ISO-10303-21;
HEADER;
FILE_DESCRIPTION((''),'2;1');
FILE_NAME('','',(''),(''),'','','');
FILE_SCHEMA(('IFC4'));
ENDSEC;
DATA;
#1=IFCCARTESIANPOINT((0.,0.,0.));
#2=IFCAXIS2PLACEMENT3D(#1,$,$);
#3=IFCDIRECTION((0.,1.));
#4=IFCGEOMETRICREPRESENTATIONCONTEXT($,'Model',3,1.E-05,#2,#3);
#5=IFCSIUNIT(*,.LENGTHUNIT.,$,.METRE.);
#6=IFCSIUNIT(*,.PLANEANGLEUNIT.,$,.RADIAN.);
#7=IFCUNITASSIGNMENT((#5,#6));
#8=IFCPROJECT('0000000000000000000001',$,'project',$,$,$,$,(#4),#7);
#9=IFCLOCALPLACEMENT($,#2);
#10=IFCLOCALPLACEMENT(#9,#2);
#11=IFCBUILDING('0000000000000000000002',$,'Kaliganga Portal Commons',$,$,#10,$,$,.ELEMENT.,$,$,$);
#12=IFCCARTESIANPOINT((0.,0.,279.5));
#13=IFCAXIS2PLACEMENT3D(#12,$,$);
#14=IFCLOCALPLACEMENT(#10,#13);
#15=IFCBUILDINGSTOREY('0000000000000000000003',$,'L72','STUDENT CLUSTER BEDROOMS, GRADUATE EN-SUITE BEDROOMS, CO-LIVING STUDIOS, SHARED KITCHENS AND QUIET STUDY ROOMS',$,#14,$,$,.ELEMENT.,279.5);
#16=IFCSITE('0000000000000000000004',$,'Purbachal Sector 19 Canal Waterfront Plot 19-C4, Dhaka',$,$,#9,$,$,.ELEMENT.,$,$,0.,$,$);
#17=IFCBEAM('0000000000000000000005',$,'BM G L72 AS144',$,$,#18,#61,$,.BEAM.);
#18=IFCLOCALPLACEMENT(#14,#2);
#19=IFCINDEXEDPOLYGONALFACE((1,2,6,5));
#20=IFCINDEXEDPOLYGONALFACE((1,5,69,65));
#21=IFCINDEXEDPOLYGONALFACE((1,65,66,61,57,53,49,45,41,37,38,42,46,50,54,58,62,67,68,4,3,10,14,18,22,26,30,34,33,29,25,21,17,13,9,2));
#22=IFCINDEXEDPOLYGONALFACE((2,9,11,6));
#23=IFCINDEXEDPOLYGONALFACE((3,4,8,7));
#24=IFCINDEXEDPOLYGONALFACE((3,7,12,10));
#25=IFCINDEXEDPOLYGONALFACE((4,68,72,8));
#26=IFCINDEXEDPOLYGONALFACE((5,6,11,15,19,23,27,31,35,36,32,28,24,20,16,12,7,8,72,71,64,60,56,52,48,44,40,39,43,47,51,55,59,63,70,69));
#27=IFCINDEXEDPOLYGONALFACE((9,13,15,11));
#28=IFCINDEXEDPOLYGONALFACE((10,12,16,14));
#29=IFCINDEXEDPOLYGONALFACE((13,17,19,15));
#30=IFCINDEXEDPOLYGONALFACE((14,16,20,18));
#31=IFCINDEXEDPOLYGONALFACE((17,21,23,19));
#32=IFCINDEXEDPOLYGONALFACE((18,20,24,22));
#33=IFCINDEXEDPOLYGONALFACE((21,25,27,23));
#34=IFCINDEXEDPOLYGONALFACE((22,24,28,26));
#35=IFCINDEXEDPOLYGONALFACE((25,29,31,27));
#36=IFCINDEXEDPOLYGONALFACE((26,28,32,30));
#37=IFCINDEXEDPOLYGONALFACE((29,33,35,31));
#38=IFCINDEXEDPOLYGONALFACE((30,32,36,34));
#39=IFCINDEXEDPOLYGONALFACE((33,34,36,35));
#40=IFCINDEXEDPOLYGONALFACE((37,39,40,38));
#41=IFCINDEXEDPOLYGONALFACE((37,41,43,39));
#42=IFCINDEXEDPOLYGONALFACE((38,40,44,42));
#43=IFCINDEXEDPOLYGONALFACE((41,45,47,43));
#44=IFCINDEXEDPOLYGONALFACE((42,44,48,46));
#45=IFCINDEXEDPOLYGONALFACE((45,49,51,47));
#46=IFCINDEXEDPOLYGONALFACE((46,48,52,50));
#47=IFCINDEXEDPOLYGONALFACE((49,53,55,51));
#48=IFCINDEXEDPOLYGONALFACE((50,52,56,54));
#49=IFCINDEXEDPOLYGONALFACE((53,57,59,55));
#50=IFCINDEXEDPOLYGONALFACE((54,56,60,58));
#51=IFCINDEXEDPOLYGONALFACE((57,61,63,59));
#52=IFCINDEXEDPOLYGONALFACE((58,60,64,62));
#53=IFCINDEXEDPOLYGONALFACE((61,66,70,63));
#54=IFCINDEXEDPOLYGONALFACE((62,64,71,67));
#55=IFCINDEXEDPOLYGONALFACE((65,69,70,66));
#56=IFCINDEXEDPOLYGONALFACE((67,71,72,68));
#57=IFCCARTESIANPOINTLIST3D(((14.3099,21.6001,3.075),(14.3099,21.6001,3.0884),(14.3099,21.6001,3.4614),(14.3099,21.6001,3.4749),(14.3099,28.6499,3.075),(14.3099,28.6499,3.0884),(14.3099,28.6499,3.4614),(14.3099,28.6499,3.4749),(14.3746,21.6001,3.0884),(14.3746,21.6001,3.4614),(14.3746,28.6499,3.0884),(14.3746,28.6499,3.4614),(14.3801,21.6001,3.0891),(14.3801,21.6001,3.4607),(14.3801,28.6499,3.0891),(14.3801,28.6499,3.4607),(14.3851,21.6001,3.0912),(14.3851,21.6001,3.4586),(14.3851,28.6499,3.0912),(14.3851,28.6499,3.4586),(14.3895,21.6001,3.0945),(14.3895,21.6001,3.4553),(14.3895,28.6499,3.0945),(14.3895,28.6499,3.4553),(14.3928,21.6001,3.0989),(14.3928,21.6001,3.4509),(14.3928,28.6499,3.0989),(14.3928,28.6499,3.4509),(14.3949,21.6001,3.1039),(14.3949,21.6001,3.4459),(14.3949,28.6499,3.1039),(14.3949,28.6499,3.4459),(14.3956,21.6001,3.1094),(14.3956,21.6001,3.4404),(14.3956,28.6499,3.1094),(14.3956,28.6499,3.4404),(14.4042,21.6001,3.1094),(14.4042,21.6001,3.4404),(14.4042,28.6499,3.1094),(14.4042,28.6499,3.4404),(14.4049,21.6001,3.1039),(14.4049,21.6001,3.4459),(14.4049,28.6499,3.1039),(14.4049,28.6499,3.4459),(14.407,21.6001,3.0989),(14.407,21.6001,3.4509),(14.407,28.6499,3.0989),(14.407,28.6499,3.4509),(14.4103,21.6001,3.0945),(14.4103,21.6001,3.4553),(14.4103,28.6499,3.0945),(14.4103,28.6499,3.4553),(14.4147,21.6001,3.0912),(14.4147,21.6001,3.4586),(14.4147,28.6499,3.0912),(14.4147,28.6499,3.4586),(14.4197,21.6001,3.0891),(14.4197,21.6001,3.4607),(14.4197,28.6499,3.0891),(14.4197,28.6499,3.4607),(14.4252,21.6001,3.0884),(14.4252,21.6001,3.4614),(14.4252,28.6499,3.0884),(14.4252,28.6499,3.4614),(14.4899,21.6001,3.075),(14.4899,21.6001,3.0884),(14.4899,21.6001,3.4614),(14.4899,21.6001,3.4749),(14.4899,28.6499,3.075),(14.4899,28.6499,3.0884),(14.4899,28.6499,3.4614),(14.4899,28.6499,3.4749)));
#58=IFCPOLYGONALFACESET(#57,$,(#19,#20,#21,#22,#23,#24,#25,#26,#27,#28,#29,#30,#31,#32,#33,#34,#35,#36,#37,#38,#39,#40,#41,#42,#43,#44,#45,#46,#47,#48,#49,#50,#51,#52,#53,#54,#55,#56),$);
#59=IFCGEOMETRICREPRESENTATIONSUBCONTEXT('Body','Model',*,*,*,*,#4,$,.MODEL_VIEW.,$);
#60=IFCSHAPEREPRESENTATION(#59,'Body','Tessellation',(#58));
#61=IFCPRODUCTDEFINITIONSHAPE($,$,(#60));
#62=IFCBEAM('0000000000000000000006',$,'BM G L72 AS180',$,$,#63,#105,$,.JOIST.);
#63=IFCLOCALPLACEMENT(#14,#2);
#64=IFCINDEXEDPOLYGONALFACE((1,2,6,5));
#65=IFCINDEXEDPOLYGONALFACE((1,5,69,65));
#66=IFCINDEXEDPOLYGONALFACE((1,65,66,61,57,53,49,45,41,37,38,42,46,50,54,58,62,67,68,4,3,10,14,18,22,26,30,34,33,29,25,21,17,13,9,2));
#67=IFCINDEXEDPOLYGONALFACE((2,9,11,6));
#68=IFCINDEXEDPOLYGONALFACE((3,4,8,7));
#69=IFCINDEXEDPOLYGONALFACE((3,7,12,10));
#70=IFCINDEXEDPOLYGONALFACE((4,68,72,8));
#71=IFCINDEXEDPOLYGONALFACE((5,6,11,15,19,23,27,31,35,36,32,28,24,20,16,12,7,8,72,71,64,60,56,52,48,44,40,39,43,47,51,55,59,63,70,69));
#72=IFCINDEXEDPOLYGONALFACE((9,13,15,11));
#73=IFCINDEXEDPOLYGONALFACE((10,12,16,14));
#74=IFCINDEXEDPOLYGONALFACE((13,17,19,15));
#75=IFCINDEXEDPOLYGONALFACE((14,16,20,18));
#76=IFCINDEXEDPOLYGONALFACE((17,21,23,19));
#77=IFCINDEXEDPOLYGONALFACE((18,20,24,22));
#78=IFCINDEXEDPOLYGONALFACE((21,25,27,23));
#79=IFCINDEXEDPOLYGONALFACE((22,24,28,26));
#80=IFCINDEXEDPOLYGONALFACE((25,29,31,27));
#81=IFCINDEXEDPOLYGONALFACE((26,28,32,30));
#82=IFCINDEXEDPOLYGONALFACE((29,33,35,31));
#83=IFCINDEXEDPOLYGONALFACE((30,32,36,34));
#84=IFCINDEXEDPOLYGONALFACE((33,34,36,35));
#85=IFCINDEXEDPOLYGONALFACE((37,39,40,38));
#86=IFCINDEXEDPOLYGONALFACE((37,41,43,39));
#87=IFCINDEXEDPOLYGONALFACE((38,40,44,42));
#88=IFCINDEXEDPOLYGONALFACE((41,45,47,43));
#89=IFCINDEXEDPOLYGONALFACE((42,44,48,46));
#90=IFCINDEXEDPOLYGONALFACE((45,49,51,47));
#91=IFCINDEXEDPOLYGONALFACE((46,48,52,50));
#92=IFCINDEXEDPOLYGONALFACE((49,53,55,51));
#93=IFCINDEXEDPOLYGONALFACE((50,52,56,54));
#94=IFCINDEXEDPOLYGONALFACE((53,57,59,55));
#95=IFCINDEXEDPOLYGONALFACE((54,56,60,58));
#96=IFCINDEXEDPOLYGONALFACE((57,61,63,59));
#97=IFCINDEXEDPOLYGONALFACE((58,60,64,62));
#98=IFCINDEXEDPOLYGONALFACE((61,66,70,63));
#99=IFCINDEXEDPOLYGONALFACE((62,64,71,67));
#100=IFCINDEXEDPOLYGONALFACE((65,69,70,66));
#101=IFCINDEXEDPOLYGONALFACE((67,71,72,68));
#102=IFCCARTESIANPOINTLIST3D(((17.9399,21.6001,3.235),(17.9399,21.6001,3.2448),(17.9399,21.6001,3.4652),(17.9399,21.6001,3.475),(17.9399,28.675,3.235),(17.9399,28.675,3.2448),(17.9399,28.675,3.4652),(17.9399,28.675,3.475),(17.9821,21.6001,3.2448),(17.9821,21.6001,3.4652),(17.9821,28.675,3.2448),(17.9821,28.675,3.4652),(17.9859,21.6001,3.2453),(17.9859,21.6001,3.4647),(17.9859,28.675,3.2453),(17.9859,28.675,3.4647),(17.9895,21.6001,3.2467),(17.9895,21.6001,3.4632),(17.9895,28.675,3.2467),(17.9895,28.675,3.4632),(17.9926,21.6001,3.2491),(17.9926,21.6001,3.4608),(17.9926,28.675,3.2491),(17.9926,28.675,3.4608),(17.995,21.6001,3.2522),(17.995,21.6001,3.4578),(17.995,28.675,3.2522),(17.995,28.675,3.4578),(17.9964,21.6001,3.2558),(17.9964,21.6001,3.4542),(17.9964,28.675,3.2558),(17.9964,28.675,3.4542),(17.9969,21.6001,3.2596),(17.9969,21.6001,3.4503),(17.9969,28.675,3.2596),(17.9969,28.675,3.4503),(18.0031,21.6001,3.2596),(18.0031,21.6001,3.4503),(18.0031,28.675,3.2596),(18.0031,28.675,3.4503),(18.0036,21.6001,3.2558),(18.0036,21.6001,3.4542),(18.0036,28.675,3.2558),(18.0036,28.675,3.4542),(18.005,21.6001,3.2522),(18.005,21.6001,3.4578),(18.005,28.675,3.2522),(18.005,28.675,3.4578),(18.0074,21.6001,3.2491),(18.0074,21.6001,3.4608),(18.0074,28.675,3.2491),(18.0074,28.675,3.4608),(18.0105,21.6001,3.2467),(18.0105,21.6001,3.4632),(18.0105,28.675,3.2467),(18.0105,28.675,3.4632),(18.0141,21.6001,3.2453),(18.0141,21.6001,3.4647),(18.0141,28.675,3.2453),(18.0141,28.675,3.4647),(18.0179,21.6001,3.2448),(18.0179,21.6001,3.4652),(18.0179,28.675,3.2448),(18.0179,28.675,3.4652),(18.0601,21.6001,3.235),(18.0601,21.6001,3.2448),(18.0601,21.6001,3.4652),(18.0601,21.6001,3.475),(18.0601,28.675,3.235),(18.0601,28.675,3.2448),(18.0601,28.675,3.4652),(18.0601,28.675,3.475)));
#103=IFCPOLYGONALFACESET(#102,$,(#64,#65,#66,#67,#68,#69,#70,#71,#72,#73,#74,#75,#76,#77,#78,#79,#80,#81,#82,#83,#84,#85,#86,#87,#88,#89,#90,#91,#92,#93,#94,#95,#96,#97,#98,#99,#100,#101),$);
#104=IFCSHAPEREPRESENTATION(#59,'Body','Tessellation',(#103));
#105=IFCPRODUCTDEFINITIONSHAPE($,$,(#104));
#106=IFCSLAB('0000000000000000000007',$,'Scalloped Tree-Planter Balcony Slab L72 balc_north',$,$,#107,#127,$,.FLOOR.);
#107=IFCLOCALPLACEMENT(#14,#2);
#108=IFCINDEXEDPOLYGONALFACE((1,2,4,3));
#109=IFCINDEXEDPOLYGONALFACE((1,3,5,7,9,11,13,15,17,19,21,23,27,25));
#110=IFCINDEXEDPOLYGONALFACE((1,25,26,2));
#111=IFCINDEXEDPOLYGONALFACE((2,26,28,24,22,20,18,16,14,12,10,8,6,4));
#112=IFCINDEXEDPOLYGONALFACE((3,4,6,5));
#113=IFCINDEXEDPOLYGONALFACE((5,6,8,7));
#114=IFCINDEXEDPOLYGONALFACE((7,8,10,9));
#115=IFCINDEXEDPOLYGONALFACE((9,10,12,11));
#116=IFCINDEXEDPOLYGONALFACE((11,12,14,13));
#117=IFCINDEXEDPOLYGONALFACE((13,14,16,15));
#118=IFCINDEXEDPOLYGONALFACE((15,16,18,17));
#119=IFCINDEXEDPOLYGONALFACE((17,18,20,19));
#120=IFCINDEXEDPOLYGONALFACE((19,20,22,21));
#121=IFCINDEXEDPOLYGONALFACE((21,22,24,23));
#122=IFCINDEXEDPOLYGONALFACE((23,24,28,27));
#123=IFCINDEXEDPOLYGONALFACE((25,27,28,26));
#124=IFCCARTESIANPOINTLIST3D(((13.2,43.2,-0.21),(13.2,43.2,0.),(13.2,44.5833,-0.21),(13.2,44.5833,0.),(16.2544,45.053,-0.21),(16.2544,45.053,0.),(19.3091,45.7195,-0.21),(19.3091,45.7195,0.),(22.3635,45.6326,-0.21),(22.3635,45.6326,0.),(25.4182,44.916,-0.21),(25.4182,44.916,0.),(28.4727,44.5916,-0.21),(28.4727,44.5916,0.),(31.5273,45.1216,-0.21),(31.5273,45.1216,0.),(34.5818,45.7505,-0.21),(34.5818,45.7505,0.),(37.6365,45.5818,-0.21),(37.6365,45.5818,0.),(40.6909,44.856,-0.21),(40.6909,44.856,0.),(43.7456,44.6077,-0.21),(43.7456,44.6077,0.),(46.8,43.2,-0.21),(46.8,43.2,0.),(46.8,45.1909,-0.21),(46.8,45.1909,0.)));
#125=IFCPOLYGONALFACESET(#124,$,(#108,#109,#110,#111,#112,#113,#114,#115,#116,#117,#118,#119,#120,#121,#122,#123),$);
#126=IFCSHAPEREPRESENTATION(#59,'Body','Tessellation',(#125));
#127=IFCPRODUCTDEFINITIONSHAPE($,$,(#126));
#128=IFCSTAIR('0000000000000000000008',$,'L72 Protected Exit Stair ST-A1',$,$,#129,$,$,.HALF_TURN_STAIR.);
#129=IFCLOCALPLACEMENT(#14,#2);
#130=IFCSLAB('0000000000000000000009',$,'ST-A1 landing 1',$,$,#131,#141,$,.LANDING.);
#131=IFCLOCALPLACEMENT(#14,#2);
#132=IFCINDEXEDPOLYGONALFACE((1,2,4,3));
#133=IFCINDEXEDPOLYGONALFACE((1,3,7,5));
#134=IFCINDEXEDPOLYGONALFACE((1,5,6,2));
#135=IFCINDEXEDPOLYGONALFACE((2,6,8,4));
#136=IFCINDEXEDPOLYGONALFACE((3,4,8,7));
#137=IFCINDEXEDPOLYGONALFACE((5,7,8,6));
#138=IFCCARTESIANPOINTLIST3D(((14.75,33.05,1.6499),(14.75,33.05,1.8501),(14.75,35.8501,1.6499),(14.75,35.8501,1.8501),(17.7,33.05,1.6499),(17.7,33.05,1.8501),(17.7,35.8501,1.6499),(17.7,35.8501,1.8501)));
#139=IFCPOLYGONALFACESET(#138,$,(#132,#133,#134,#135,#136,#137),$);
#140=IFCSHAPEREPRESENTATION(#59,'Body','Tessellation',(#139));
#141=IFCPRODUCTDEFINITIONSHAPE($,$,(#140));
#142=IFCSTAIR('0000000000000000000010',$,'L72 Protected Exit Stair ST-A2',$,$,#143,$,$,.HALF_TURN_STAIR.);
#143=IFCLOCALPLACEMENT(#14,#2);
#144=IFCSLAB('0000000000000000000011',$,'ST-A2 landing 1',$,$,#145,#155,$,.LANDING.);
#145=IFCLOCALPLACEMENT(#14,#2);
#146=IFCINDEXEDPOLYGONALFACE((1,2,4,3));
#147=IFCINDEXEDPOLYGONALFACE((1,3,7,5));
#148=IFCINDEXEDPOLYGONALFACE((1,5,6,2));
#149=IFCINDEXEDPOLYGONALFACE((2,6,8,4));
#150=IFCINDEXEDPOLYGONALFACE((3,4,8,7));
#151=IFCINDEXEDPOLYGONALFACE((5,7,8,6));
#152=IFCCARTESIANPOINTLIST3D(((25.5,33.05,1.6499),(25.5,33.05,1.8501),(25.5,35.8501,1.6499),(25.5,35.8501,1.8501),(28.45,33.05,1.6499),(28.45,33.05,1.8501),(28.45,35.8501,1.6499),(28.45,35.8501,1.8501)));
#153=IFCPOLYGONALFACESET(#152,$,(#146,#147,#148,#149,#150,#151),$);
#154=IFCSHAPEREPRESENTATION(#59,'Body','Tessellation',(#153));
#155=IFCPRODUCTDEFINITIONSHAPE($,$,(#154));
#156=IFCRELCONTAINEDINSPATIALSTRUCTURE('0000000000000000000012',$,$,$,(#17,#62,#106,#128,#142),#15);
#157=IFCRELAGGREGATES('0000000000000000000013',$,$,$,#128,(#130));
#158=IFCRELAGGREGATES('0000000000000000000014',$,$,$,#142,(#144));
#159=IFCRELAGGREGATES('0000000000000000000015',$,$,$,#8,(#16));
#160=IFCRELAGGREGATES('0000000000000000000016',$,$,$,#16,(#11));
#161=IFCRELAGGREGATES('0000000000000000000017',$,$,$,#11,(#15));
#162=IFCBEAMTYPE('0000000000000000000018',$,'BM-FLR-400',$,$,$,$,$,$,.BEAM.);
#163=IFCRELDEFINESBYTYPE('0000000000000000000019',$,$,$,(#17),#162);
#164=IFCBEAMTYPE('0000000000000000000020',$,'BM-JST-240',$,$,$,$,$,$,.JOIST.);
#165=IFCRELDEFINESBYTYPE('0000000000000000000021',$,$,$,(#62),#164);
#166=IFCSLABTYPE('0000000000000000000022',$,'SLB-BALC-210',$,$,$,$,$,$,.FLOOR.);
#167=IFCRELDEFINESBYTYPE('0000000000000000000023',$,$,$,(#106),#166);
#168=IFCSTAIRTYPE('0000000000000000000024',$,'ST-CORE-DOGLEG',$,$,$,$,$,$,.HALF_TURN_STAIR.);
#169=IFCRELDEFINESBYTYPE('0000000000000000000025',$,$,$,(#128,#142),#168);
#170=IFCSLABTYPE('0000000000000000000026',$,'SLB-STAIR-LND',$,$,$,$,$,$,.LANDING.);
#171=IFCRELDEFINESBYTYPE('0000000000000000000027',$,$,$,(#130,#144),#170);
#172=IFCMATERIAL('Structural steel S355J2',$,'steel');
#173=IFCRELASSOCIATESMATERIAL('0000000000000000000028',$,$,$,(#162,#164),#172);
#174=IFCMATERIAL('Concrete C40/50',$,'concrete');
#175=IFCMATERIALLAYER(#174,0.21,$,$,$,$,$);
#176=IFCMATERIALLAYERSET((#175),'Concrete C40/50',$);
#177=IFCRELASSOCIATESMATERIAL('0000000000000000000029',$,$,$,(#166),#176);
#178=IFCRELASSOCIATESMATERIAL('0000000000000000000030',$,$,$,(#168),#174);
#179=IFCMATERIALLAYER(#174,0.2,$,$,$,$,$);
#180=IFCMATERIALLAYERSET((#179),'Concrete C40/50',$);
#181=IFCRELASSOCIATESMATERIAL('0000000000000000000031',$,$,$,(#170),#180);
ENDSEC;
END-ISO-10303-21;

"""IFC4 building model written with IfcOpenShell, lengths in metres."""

from ifc_helpers import new_model, si_unit, direction, frame, origin, origin_2d, place, context, subcontext, project, spatial, polyline, i_section, outline, extrude, source, transform, mapped, material, layer, layer_set, material_profile, profile_set, type_object, element, aggregate, save


model = new_model("IFC4")

# Units and contexts
model_context = context("Model", 3, precision=1e-05, world=origin(), true_north=direction((0.0, 1.0)))
body_context = subcontext(model_context, "Body", "Model", "MODEL_VIEW")
ifc_project = project(units=[si_unit("LENGTHUNIT", "METRE"), si_unit("PLANEANGLEUNIT", "RADIAN")], contexts=[model_context])

# Site, building, storey
site_placement = place(None, origin())
site = spatial("IfcSite", under=ifc_project, at=site_placement, Name="Purbachal Sector 19 Canal Waterfront Plot 19-C4, Dhaka", CompositionType="ELEMENT", RefElevation=0.0)
building_placement = place(site_placement, origin())
building = spatial("IfcBuilding", under=site, at=building_placement, Name="Kaliganga Portal Commons", CompositionType="ELEMENT")
storey_placement = place(building_placement, frame((0.0, 0.0, 279.5)))
storey = spatial("IfcBuildingStorey", under=building, at=storey_placement, Name="L72", Description="STUDENT CLUSTER BEDROOMS, GRADUATE EN-SUITE BEDROOMS, CO-LIVING STUDIOS, SHARED KITCHENS AND QUIET STUDY ROOMS", CompositionType="ELEMENT", Elevation=279.5)

# Shared definitions
ifc_material_1 = material(Name="Structural steel S355J2", Category="steel")

# Beams
ifc_material_profile_1 = material_profile(ifc_material_1, i_section(OverallWidth=0.1799, OverallDepth=0.3999, WebThickness=0.0085, FlangeThickness=0.0134, FilletRadius=0.021, at=origin_2d()), Name="IPE 400")
ifc_profile_set_1 = profile_set([ifc_material_profile_1], Name="Structural steel S355J2 wide-flange")
beam_type_1 = type_object("IfcBeamType", Name="BM-FLR-400", PredefinedType="BEAM", material=ifc_profile_set_1)
shared_shape_1 = source(origin(), body_context, "Body", "SweptSolid", [
    extrude(i_section(OverallWidth=0.1799, OverallDepth=0.3999, WebThickness=0.0085, FlangeThickness=0.0134, FilletRadius=0.021, at=origin_2d()), origin(), (0.0, 0.0, 1.0), 7.0498),
])
beam_1_placement = place(storey_placement, frame((14.3999, 21.6001, 3.2749), z_axis=(0.0, 1.0, 0.0), x_axis=(-1.0, 0.0, 0.0)))
element("IfcBeam", 1, at=beam_1_placement, inside=storey, type_object=beam_type_1, Name="BM G L72 AS144", PredefinedType="BEAM", context=body_context, shape_type="MappedRepresentation", body=[
    mapped(shared_shape_1, transform((0.0, 0.0, 0.0), x_axis=(1.0, 0.0, 0.0), y_axis=(0.0, 1.0, 0.0), z_axis=(0.0, 0.0, 1.0), scale=1.0)),
])
ifc_material_profile_2 = material_profile(ifc_material_1, i_section(OverallWidth=0.1201, OverallDepth=0.24, WebThickness=0.0061, FlangeThickness=0.0098, FilletRadius=0.0149, at=origin_2d()), Name="IPE 240")
ifc_profile_set_2 = profile_set([ifc_material_profile_2], Name="Structural steel S355J2 wide-flange")
beam_type_2 = type_object("IfcBeamType", Name="BM-JST-240", PredefinedType="JOIST", material=ifc_profile_set_2)
shared_shape_2 = source(origin(), body_context, "Body", "SweptSolid", [
    extrude(i_section(OverallWidth=0.1201, OverallDepth=0.24, WebThickness=0.0061, FlangeThickness=0.0098, FilletRadius=0.0149, at=origin_2d()), origin(), (0.0, 0.0, 1.0), 7.075),
])
beam_2_placement = place(storey_placement, frame((18.0, 21.6001, 3.355), z_axis=(0.0, 1.0, 0.0), x_axis=(-1.0, 0.0, 0.0)))
element("IfcBeam", 2, at=beam_2_placement, inside=storey, type_object=beam_type_2, Name="BM G L72 AS180", PredefinedType="JOIST", context=body_context, shape_type="MappedRepresentation", body=[
    mapped(shared_shape_2, transform((0.0, 0.0, 0.0), x_axis=(1.0, 0.0, 0.0), y_axis=(0.0, 1.0, 0.0), z_axis=(0.0, 0.0, 1.0), scale=1.0)),
])

# Slab
ifc_material_2 = material(Name="Concrete C40/50", Category="concrete")
ifc_layer_1 = layer(ifc_material_2, 0.21)
ifc_layer_set_1 = layer_set([ifc_layer_1], Name="Concrete C40/50")
slab_type_1 = type_object("IfcSlabType", Name="SLB-BALC-210", PredefinedType="FLOOR", material=ifc_layer_set_1)
slab_1_placement = place(storey_placement, frame((0.0, 0.0, -0.21)))
element("IfcSlab", 3, at=slab_1_placement, inside=storey, type_object=slab_type_1, Name="Scalloped Tree-Planter Balcony Slab L72 balc_north", PredefinedType="FLOOR", context=body_context, shape_type="SweptSolid", body=[
    extrude(outline(polyline([(46.8, 43.2), (46.8, 45.1909), (43.7456, 44.6077), (40.6909, 44.856), (37.6365, 45.5818), (34.5818, 45.7505), (31.5273, 45.1216), (28.4727, 44.5916), (25.4182, 44.916), (22.3635, 45.6326), (19.3091, 45.7195), (16.2544, 45.053), (13.2, 44.5833), (13.2, 43.2), (46.8, 43.2)])), origin(), (0.0, 0.0, 1.0), 0.21),
])

# Stairs, slabs
stair_type = type_object("IfcStairType", Name="ST-CORE-DOGLEG", PredefinedType="HALF_TURN_STAIR", material=ifc_material_2)
stair_1_placement = place(storey_placement, origin())
stair_1 = element("IfcStair", 4, at=stair_1_placement, inside=storey, type_object=stair_type, Name="L72 Protected Exit Stair ST-A1", PredefinedType="HALF_TURN_STAIR")
ifc_layer_2 = layer(ifc_material_2, 0.2)
ifc_layer_set_2 = layer_set([ifc_layer_2], Name="Concrete C40/50")
slab_type_2 = type_object("IfcSlabType", Name="SLB-STAIR-LND", PredefinedType="LANDING", material=ifc_layer_set_2)
slab_2_placement = place(storey_placement, frame((0.0, 0.0, 1.6499)))
slab_2 = element("IfcSlab", 5, at=slab_2_placement, type_object=slab_type_2, Name="ST-A1 landing 1", PredefinedType="LANDING", context=body_context, shape_type="SweptSolid", body=[
    extrude(outline(polyline([(17.7, 33.05), (17.7, 35.8501), (14.75, 35.8501), (14.75, 33.05), (17.7, 33.05)])), origin(), (0.0, 0.0, 1.0), 0.2002),
])
aggregate(stair_1, [slab_2])
stair_2_placement = place(storey_placement, origin())
stair_2 = element("IfcStair", 6, at=stair_2_placement, inside=storey, type_object=stair_type, Name="L72 Protected Exit Stair ST-A2", PredefinedType="HALF_TURN_STAIR")
slab_3_placement = place(storey_placement, frame((0.0, 0.0, 1.6499)))
slab_3 = element("IfcSlab", 7, at=slab_3_placement, type_object=slab_type_2, Name="ST-A2 landing 1", PredefinedType="LANDING", context=body_context, shape_type="SweptSolid", body=[
    extrude(outline(polyline([(28.45, 33.05), (28.45, 35.8501), (25.5, 35.8501), (25.5, 33.05), (28.45, 33.05)])), origin(), (0.0, 0.0, 1.0), 0.2002),
])
aggregate(stair_2, [slab_3])

save(model, "model.ifc")
